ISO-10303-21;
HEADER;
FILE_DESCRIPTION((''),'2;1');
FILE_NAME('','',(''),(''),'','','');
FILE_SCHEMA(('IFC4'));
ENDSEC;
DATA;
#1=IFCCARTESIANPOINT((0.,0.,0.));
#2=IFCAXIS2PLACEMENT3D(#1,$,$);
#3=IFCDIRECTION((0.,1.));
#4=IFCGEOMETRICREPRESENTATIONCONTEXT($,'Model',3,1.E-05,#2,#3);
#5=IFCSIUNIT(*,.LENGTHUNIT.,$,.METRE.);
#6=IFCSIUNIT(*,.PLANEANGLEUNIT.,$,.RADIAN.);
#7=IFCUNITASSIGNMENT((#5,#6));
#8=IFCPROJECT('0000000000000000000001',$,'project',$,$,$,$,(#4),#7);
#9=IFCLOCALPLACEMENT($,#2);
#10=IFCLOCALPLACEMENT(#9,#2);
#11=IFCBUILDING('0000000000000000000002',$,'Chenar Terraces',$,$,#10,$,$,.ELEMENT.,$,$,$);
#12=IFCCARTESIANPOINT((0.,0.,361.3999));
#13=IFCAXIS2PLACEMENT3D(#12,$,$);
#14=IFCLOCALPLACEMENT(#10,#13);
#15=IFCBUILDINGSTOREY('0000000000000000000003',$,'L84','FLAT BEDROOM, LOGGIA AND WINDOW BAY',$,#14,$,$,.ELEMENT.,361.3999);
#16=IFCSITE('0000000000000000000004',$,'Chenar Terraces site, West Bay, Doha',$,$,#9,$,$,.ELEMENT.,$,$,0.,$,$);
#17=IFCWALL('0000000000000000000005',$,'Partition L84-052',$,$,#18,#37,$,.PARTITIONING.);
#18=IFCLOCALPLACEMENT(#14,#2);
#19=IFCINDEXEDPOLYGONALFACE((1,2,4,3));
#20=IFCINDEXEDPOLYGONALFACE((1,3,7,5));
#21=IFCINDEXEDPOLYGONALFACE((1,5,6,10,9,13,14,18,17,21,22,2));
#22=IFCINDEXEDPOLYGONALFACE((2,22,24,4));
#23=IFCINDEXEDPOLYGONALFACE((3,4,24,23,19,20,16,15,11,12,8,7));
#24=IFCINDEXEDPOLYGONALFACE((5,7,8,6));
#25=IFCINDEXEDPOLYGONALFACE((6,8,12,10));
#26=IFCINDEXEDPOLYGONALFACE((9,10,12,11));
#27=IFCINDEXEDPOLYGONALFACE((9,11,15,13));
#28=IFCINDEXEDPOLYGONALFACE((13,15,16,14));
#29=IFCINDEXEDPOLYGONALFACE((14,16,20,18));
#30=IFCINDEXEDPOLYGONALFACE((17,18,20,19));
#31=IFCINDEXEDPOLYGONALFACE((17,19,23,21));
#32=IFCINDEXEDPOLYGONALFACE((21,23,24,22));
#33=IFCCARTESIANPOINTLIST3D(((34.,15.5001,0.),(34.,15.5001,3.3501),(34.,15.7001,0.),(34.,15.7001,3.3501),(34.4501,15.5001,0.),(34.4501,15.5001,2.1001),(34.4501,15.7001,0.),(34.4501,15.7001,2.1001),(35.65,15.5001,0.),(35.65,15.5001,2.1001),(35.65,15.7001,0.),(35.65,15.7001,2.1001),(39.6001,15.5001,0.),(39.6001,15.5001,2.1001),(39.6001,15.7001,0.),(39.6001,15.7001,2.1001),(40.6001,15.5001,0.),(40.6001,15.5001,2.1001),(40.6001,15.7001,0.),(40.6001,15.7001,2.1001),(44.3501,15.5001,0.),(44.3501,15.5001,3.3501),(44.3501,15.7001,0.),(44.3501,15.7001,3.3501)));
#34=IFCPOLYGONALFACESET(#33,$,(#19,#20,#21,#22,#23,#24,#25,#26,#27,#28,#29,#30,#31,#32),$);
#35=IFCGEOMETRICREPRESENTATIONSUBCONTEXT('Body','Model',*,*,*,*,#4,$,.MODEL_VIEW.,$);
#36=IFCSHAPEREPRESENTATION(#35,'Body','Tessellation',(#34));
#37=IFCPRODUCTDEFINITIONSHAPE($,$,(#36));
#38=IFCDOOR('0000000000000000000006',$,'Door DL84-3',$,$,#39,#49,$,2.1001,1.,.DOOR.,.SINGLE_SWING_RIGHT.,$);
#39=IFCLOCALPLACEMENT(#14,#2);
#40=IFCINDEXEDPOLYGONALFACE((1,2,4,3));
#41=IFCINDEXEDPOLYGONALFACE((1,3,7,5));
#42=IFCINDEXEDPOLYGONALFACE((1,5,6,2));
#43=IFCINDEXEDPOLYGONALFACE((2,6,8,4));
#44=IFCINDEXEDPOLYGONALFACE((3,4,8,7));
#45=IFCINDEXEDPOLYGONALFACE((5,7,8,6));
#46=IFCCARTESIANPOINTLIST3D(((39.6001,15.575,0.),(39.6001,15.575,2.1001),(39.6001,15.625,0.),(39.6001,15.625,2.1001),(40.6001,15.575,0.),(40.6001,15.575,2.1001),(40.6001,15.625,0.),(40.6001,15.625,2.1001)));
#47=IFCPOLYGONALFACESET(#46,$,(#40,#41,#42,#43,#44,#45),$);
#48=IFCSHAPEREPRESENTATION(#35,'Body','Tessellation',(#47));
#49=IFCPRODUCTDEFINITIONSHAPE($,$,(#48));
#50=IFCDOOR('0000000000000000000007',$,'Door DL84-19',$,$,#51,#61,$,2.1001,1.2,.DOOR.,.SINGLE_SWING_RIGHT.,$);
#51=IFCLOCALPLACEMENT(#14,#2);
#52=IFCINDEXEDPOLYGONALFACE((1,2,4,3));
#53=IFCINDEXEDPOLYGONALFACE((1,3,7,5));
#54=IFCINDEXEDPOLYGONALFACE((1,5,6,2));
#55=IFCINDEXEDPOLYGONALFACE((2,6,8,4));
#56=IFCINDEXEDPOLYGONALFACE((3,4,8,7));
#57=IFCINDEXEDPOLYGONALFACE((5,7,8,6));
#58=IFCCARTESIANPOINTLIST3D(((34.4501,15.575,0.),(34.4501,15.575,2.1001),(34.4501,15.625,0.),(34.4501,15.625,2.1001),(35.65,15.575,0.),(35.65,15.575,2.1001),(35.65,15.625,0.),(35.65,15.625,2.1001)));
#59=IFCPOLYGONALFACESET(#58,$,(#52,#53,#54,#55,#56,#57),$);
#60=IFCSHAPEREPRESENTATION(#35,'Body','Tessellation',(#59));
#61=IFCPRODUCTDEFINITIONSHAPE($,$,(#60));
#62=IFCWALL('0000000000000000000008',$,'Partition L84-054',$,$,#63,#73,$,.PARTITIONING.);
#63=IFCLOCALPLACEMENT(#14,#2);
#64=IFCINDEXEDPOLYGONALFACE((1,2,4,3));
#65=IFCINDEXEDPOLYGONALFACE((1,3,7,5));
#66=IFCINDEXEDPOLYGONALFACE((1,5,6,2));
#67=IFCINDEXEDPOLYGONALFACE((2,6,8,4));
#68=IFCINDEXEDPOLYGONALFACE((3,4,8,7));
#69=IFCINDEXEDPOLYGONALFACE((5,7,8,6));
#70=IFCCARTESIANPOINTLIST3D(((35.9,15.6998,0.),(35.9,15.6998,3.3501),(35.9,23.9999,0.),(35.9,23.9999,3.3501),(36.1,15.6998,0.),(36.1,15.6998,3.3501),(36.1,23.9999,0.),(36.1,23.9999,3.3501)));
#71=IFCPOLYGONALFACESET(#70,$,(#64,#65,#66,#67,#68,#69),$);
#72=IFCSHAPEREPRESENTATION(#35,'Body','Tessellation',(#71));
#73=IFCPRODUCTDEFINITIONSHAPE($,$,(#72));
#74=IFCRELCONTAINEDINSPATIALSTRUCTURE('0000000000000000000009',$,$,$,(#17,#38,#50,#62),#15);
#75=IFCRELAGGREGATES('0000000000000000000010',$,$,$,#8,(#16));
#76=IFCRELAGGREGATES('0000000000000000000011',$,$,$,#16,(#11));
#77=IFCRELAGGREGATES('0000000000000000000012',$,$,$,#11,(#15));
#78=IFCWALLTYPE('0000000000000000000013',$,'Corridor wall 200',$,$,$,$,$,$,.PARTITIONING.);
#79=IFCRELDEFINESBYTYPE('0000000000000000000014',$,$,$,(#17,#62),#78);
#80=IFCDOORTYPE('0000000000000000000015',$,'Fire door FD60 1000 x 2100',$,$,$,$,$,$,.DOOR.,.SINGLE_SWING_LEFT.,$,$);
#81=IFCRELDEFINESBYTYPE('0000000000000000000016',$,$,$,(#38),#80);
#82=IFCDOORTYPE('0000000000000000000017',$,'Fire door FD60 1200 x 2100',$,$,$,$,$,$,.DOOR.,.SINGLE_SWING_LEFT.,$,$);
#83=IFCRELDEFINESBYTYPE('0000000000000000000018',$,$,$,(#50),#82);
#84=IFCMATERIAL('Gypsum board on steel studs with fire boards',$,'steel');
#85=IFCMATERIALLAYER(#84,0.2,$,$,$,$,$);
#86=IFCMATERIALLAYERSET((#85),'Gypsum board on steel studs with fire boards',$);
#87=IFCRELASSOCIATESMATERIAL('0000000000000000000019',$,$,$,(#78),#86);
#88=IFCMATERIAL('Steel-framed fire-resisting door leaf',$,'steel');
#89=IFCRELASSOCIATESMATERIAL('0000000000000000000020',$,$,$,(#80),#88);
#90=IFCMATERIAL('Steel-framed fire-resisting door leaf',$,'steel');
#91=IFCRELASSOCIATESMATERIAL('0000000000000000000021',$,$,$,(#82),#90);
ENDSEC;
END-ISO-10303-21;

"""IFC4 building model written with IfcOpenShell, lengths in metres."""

from ifc_helpers import new_model, si_unit, direction, frame, frame_2d, origin, place, context, subcontext, project, spatial, rectangle, extrude, material, layer, layer_set, type_object, element, fill, save


model = new_model("IFC4")

# Units and contexts
model_context = context("Model", 3, precision=1e-05, world=origin(), true_north=direction((0.0, 1.0)))
body_context = subcontext(model_context, "Body", "Model", "MODEL_VIEW")
ifc_project = project(units=[si_unit("LENGTHUNIT", "METRE"), si_unit("PLANEANGLEUNIT", "RADIAN")], contexts=[model_context])

# Site, building, storey
site_placement = place(None, origin())
site = spatial("IfcSite", under=ifc_project, at=site_placement, Name="Chenar Terraces site, West Bay, Doha", CompositionType="ELEMENT", RefElevation=0.0)
building_placement = place(site_placement, origin())
building = spatial("IfcBuilding", under=site, at=building_placement, Name="Chenar Terraces", CompositionType="ELEMENT")
storey_placement = place(building_placement, frame((0.0, 0.0, 361.3999)))
storey = spatial("IfcBuildingStorey", under=building, at=storey_placement, Name="L84", Description="FLAT BEDROOM, LOGGIA AND WINDOW BAY", CompositionType="ELEMENT", Elevation=361.3999)

# Shared definitions
ifc_material_1 = material(Name="Gypsum board on steel studs with fire boards", Category="steel")
ifc_layer_1 = layer(ifc_material_1, 0.2)
ifc_layer_set_1 = layer_set([ifc_layer_1], Name="Gypsum board on steel studs with fire boards")
wall_type_1 = type_object("IfcWallType", Name="Corridor wall 200", PredefinedType="PARTITIONING", material=ifc_layer_set_1)

# Wall, openings, doors
wall_1_placement = place(storey_placement, frame((34.0, 15.6001, 0.0), z_axis=(0.0, 0.0, 1.0), x_axis=(1.0, 0.0, 0.0)))
wall_1 = element("IfcWall", 1, at=wall_1_placement, inside=storey, type_object=wall_type_1, Name="Partition L84-052", PredefinedType="PARTITIONING", context=body_context, shape_type="SweptSolid", body=[
    extrude(rectangle(XDim=10.3501, YDim=0.2, at=frame_2d((5.175, 0.0))), origin(), (0.0, 0.0, 1.0), 3.3501),
])
opening_1_placement = place(wall_1_placement, frame((5.6001, 0.0, 0.0)))
opening_1 = element("IfcOpeningElement", 2, at=opening_1_placement, cuts=wall_1, PredefinedType="OPENING", context=body_context, shape_type="SweptSolid", body=[
    extrude(rectangle(XDim=1.0, YDim=2.1001, at=frame_2d((0.5, 1.05))), frame((0.0, 0.1099, 0.0), z_axis=(0.0, -1.0, 0.0), x_axis=(1.0, 0.0, 0.0)), (0.0, 0.0, 1.0), 0.22),
])
opening_2_placement = place(wall_1_placement, frame((0.45, 0.0, 0.0)))
opening_2 = element("IfcOpeningElement", 3, at=opening_2_placement, cuts=wall_1, PredefinedType="OPENING", context=body_context, shape_type="SweptSolid", body=[
    extrude(rectangle(XDim=1.2, YDim=2.1001, at=frame_2d((0.6001, 1.05))), frame((0.0, 0.1099, 0.0), z_axis=(0.0, -1.0, 0.0), x_axis=(1.0, 0.0, 0.0)), (0.0, 0.0, 1.0), 0.22),
])
ifc_material_2 = material(Name="Steel-framed fire-resisting door leaf", Category="steel")
door_type_1 = type_object("IfcDoorType", Name="Fire door FD60 1000 x 2100", OperationType="SINGLE_SWING_LEFT", PredefinedType="DOOR", material=ifc_material_2)
door_1_placement = place(opening_1_placement, origin())
door_1 = element("IfcDoor", 4, at=door_1_placement, inside=storey, type_object=door_type_1, Name="Door DL84-3", OperationType="SINGLE_SWING_RIGHT", OverallHeight=2.1001, OverallWidth=1.0, PredefinedType="DOOR", context=body_context, shape_type="SweptSolid", body=[
    extrude(rectangle(XDim=1.0, YDim=2.1001, at=frame_2d((0.5, 1.05))), frame((0.0, 0.0249, 0.0), z_axis=(0.0, -1.0, 0.0), x_axis=(1.0, 0.0, 0.0)), (0.0, 0.0, 1.0), 0.05),
])
fill(opening_1, door_1)
ifc_material_3 = material(Name="Steel-framed fire-resisting door leaf", Category="steel")
door_type_2 = type_object("IfcDoorType", Name="Fire door FD60 1200 x 2100", OperationType="SINGLE_SWING_LEFT", PredefinedType="DOOR", material=ifc_material_3)
door_2_placement = place(opening_2_placement, origin())
door_2 = element("IfcDoor", 5, at=door_2_placement, inside=storey, type_object=door_type_2, Name="Door DL84-19", OperationType="SINGLE_SWING_RIGHT", OverallHeight=2.1001, OverallWidth=1.2, PredefinedType="DOOR", context=body_context, shape_type="SweptSolid", body=[
    extrude(rectangle(XDim=1.2, YDim=2.1001, at=frame_2d((0.6001, 1.05))), frame((0.0, 0.0249, 0.0), z_axis=(0.0, -1.0, 0.0), x_axis=(1.0, 0.0, 0.0)), (0.0, 0.0, 1.0), 0.05),
])
fill(opening_2, door_2)

# Wall
wall_2_placement = place(storey_placement, frame((36.0, 15.7, 0.0), z_axis=(0.0, 0.0, 1.0), x_axis=(0.0, 1.0, 0.0)))
element("IfcWall", 6, at=wall_2_placement, inside=storey, type_object=wall_type_1, Name="Partition L84-054", PredefinedType="PARTITIONING", context=body_context, shape_type="SweptSolid", body=[
    extrude(rectangle(XDim=8.3, YDim=0.2, at=frame_2d((4.1499, 0.0))), origin(), (0.0, 0.0, 1.0), 3.3501),
])

save(model, "model.ifc")
